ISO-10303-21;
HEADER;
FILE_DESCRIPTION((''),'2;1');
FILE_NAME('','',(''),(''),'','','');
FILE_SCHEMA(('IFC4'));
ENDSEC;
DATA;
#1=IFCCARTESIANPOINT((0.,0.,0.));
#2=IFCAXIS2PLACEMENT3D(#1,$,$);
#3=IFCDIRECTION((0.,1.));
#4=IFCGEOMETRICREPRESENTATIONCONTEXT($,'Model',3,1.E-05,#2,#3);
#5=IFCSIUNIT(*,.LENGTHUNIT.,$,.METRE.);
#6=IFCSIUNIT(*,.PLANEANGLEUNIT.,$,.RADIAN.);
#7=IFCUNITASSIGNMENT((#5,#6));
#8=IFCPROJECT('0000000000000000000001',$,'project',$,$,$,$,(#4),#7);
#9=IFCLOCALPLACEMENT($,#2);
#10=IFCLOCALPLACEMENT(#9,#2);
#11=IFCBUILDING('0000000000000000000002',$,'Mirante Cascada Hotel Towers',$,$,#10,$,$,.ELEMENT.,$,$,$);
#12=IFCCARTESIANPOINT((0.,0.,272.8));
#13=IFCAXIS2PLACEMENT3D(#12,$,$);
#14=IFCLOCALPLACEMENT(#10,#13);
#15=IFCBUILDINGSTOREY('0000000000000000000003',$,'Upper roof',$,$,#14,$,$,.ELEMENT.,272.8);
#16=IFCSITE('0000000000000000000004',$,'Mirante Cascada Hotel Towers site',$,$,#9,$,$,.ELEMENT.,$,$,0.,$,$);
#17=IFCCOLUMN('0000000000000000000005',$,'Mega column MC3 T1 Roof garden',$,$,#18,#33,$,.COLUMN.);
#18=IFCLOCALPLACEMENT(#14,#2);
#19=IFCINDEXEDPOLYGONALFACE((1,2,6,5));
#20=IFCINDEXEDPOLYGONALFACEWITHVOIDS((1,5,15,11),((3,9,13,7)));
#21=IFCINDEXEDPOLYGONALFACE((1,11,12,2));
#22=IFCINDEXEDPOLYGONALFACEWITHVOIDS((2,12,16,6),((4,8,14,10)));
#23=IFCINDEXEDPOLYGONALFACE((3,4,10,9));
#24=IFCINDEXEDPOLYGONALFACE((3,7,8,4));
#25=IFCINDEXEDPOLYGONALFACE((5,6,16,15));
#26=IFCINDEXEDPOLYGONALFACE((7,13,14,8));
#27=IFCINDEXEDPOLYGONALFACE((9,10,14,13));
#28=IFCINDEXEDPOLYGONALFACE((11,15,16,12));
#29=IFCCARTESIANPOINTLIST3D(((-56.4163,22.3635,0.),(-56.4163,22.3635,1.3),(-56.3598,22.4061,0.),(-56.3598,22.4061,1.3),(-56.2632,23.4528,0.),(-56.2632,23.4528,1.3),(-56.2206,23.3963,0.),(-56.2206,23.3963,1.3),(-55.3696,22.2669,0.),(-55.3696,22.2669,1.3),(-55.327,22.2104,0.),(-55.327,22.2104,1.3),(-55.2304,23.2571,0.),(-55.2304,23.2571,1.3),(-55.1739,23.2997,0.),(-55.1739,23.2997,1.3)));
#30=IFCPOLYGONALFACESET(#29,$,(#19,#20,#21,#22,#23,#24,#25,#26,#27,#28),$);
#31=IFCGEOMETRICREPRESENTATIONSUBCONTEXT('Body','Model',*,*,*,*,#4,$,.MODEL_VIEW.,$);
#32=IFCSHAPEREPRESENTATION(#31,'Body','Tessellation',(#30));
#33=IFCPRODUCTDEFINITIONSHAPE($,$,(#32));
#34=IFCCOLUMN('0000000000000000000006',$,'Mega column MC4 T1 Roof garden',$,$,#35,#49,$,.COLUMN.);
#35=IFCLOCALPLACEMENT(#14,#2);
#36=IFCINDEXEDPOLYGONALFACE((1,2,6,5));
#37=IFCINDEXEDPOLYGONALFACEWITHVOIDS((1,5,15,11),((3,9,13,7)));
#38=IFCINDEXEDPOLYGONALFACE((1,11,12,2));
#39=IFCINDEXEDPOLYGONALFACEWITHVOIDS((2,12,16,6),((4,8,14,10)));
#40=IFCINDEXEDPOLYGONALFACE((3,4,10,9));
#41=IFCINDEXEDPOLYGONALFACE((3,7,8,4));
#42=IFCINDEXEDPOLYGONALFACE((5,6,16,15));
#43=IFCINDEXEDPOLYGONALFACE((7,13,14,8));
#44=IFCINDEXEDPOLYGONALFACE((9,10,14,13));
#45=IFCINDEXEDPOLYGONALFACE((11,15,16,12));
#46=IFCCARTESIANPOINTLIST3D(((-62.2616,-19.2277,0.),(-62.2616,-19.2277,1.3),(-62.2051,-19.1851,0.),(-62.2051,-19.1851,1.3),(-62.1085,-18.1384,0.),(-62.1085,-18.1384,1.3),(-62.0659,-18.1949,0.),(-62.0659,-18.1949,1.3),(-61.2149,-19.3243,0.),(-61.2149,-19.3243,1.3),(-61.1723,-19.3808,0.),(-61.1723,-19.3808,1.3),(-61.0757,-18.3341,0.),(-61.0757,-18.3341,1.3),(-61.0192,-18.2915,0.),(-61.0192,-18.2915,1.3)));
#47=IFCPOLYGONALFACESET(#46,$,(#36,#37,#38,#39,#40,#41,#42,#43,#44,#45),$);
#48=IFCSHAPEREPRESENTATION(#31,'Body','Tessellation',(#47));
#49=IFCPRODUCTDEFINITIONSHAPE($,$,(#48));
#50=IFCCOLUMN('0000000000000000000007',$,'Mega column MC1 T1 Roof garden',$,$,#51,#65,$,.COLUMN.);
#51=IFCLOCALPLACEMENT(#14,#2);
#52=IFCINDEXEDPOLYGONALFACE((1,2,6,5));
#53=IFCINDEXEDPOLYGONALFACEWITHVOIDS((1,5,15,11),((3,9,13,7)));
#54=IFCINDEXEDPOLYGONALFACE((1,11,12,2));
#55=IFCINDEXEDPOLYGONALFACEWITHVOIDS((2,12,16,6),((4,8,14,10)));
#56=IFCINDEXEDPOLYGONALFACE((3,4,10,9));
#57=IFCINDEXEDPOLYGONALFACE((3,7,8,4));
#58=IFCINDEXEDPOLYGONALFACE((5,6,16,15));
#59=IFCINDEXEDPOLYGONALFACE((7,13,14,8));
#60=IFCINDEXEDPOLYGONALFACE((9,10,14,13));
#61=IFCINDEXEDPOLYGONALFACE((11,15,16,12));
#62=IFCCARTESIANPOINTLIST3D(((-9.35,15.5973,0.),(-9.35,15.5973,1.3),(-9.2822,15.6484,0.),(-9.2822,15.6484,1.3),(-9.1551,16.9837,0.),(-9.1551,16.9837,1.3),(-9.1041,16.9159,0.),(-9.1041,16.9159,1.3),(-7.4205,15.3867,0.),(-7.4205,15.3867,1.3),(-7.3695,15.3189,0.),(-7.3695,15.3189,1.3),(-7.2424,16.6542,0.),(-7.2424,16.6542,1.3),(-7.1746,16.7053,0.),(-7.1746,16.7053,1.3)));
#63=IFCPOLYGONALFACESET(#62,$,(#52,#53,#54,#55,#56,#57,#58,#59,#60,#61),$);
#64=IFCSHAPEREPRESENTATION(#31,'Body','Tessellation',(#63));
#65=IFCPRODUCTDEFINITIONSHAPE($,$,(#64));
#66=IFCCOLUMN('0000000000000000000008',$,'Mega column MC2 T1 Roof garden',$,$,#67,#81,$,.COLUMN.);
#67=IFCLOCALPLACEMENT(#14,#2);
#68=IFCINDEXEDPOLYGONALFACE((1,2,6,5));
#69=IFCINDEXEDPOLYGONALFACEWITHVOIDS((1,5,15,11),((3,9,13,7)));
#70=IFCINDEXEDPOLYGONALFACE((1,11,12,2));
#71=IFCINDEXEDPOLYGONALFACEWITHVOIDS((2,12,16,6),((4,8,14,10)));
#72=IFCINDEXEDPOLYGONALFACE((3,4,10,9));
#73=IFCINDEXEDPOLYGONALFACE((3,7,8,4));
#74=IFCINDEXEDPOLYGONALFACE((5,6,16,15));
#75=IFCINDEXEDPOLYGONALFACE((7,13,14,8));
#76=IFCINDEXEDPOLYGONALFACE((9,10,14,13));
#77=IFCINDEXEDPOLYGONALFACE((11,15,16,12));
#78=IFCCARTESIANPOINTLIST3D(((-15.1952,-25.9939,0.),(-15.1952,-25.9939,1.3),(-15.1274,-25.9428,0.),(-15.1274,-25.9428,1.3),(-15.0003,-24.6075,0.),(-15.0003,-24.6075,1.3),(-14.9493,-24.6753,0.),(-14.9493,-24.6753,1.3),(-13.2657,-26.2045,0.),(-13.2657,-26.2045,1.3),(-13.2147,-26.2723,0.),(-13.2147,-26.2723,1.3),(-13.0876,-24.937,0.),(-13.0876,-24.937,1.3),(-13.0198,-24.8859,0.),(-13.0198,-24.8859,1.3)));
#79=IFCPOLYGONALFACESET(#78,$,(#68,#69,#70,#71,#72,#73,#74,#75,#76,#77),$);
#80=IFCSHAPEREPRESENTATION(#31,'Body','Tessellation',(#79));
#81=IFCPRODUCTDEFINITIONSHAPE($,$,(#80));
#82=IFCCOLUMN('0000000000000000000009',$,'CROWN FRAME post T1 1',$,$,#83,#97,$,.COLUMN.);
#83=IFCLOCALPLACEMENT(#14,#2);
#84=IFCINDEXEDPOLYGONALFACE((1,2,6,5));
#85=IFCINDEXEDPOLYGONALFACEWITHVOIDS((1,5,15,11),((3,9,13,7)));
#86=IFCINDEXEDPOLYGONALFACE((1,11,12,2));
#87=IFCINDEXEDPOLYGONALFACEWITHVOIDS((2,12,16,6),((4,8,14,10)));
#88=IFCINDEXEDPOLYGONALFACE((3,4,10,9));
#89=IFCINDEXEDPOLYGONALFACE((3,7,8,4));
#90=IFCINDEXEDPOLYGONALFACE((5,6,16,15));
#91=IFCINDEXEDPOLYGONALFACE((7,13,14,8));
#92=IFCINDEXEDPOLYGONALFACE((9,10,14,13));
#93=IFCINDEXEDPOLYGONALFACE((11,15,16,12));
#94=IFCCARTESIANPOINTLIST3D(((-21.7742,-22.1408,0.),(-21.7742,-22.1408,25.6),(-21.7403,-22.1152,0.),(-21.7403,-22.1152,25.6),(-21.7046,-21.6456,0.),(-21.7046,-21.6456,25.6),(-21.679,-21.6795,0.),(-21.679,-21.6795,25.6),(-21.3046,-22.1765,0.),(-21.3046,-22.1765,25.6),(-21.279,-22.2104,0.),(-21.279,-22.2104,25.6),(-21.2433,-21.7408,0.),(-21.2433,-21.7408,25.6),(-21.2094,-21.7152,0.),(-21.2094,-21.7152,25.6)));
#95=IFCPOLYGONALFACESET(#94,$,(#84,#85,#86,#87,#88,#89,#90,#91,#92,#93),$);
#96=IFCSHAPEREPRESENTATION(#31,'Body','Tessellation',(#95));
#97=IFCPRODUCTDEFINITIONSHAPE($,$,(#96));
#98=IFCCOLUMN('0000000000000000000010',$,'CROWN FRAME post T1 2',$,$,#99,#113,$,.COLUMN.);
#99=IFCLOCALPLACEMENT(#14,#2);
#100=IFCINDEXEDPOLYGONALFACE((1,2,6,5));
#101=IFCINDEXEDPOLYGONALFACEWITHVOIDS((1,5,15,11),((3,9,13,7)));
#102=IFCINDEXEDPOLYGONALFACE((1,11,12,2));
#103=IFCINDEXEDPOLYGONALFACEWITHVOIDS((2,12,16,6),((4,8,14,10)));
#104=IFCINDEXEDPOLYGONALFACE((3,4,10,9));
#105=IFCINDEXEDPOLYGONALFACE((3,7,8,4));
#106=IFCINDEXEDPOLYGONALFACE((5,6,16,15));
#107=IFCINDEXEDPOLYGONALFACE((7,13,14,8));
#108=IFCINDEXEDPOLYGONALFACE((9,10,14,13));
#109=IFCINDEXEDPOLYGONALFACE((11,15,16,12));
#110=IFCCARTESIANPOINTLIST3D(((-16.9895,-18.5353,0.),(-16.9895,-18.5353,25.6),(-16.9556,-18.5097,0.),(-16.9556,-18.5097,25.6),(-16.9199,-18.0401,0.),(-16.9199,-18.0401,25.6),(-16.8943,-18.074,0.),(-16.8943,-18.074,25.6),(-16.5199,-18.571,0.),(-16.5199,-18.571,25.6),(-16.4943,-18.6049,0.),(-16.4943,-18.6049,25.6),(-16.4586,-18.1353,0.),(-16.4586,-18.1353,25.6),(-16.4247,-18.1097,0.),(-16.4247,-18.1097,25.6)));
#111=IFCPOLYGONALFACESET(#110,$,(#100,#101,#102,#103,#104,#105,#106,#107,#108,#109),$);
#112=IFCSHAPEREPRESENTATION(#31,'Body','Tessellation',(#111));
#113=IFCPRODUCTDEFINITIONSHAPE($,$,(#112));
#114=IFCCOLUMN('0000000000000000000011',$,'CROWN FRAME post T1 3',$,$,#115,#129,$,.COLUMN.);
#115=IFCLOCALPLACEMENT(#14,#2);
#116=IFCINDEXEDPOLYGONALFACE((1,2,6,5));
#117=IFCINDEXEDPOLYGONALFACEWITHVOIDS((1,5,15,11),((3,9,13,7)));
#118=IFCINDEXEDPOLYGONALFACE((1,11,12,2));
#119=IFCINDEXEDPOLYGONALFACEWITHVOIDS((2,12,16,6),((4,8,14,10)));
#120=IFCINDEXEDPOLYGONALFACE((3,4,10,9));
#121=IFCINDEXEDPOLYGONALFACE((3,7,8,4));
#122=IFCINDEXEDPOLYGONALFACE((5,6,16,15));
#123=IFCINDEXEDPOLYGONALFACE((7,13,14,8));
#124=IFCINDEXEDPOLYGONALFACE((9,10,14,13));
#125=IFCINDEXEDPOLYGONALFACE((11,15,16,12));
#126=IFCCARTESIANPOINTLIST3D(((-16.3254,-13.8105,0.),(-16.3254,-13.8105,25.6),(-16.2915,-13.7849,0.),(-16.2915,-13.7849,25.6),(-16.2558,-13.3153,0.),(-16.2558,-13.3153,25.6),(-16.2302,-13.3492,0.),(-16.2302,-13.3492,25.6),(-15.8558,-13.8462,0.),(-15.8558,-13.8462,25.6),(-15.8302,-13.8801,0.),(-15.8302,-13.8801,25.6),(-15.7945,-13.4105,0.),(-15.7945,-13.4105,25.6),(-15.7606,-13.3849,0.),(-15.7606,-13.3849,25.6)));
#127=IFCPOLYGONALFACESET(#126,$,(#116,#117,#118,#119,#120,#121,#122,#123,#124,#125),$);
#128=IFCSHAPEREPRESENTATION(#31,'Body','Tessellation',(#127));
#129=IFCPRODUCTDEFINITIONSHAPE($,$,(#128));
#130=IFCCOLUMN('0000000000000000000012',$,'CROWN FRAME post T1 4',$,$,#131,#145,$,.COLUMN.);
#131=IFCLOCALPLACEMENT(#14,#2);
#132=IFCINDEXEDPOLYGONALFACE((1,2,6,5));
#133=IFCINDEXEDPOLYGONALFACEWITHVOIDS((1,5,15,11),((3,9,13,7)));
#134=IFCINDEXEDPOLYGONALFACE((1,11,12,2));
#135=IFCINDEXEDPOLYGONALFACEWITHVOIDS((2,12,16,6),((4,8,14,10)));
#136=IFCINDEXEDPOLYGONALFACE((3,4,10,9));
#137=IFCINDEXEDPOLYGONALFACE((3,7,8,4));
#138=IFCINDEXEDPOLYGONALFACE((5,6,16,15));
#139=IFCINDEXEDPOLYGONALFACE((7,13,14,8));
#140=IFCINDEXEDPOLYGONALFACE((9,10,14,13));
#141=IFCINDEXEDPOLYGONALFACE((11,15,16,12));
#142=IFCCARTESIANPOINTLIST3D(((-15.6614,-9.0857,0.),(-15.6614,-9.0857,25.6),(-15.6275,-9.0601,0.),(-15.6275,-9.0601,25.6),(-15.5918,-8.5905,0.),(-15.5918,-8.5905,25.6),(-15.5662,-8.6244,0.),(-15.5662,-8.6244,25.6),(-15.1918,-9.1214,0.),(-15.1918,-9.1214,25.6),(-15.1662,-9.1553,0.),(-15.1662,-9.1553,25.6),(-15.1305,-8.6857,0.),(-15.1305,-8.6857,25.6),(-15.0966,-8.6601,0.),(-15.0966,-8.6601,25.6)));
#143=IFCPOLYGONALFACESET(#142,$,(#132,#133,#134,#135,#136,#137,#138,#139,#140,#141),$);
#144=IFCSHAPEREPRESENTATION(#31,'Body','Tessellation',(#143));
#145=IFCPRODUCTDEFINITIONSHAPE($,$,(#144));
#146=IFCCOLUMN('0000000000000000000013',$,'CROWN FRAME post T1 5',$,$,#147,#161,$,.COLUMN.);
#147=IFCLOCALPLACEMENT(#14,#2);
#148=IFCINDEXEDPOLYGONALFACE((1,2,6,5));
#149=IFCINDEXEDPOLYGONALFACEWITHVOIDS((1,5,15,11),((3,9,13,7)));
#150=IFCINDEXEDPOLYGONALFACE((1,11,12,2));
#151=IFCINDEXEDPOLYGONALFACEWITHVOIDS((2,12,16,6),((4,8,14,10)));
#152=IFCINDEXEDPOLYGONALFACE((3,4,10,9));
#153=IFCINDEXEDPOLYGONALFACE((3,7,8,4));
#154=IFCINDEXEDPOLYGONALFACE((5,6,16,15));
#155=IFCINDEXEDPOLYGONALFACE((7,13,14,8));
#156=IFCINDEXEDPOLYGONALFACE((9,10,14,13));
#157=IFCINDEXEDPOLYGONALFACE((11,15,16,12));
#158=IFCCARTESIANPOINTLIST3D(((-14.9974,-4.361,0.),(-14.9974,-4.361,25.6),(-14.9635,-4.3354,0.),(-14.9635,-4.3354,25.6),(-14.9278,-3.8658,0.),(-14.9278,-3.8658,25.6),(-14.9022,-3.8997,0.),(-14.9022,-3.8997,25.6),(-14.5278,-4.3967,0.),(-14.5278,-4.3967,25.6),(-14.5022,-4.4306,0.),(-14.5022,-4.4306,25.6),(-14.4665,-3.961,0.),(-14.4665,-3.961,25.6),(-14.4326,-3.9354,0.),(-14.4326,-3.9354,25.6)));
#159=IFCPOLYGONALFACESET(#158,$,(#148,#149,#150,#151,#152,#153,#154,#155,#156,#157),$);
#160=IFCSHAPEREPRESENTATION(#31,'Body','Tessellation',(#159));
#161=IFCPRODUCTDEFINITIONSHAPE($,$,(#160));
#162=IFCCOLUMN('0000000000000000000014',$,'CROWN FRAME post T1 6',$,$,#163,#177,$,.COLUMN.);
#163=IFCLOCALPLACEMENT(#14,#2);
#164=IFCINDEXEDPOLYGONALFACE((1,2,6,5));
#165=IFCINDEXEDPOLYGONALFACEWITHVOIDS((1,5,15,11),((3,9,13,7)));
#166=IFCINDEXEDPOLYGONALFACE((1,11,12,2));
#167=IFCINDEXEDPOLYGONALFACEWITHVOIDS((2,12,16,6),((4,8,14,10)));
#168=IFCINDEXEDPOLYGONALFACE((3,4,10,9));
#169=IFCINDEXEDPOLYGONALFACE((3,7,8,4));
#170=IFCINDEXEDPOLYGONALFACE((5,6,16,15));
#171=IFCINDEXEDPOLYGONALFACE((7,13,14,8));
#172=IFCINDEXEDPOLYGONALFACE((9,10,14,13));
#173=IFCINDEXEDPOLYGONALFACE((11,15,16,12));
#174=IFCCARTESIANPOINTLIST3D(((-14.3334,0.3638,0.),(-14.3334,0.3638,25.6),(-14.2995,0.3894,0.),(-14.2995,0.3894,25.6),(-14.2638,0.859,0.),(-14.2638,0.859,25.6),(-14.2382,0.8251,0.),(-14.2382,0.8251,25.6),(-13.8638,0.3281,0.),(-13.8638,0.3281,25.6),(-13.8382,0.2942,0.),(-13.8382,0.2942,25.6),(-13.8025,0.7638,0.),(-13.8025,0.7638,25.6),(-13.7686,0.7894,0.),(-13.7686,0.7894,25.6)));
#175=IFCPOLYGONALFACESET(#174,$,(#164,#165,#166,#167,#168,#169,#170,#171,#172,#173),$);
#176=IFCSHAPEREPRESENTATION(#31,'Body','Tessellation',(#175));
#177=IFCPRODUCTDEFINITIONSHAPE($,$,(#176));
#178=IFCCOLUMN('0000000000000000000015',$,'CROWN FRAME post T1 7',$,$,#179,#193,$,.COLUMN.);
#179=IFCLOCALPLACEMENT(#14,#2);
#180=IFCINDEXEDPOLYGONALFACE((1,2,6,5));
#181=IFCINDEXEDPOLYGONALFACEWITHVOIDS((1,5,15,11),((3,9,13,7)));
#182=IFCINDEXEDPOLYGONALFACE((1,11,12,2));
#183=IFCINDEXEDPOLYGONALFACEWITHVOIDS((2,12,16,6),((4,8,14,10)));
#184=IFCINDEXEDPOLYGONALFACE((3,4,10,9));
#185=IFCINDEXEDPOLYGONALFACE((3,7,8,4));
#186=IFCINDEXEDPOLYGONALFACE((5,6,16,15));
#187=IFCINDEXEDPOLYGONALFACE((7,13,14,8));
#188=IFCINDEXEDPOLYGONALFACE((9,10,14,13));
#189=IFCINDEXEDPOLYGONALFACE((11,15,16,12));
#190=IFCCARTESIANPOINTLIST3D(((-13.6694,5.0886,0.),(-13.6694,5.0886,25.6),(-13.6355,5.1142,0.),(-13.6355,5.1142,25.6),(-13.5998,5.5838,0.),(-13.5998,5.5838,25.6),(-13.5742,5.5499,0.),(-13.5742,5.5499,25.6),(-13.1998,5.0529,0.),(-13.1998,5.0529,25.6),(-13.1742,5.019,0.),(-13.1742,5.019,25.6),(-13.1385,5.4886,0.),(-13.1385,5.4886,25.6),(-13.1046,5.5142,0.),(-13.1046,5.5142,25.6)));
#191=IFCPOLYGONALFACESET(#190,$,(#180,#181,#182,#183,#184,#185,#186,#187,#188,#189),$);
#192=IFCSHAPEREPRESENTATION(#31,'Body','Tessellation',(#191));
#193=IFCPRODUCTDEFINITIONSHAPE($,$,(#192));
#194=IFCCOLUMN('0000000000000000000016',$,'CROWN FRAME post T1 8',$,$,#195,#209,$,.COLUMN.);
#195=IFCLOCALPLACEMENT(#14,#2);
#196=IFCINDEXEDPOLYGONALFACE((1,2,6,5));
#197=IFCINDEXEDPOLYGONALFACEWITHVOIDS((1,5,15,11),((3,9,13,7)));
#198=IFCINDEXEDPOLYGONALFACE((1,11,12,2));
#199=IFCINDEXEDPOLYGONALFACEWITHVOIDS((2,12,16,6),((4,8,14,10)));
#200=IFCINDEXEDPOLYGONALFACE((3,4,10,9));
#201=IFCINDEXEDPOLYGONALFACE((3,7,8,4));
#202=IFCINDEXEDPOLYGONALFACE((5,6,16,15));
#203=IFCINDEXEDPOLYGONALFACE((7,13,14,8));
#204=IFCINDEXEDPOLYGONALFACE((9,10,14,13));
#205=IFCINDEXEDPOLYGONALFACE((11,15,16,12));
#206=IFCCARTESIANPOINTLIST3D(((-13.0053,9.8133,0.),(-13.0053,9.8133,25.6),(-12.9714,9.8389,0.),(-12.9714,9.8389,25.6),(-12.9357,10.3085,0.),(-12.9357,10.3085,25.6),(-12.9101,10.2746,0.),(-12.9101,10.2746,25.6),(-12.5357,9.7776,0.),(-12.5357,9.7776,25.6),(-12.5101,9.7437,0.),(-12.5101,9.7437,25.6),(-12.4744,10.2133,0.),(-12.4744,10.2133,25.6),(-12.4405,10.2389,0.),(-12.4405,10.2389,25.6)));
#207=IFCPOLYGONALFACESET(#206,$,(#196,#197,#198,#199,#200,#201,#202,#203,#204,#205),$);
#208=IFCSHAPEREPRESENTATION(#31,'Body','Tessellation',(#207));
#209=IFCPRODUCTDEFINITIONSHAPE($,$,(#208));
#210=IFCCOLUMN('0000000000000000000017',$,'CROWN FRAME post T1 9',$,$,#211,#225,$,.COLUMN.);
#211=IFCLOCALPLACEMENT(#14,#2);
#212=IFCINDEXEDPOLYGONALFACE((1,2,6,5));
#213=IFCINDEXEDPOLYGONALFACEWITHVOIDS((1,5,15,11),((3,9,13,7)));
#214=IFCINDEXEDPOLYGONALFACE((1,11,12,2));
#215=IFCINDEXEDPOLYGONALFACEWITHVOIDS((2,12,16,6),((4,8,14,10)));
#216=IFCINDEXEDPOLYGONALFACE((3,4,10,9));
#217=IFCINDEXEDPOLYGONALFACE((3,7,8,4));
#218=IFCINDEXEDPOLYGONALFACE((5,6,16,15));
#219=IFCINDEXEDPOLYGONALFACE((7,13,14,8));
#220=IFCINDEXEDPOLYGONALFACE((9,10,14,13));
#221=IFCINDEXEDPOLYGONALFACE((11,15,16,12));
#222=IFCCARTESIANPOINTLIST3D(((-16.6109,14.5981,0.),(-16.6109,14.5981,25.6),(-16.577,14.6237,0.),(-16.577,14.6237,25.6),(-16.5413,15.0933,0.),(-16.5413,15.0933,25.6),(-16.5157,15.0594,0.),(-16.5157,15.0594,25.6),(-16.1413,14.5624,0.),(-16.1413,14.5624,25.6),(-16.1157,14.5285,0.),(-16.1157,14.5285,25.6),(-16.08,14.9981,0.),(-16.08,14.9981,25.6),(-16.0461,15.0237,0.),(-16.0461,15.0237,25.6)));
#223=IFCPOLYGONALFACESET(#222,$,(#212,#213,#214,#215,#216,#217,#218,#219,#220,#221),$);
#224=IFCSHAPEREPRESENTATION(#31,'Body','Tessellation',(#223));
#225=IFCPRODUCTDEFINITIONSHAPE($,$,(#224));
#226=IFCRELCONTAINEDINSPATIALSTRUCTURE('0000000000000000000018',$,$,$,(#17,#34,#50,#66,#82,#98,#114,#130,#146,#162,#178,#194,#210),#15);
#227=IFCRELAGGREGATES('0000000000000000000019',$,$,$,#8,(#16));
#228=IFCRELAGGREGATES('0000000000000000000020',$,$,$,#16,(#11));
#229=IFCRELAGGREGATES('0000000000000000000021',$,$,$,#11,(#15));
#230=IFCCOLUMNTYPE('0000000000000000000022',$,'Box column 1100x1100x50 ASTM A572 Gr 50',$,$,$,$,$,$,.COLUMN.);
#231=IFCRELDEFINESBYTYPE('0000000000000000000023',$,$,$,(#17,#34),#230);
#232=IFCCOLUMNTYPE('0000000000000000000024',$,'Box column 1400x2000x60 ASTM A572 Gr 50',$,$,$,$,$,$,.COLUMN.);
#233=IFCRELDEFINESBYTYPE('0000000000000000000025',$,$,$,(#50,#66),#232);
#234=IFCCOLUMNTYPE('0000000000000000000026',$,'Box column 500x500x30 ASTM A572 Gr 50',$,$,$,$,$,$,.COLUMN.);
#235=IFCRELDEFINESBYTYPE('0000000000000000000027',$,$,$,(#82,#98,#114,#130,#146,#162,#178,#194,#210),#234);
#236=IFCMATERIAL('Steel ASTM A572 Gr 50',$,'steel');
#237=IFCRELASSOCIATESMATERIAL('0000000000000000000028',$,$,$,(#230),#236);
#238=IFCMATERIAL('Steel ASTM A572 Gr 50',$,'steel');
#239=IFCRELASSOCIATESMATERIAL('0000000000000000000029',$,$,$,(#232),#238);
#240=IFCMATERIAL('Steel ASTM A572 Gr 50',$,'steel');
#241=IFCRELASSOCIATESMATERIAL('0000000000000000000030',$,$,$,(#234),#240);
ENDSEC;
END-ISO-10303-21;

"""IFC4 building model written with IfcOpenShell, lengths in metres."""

from ifc_helpers import new_model, si_unit, direction, frame, origin, origin_2d, place, context, subcontext, project, spatial, hollow_rectangle, extrude, material, material_profile, profile_set, type_object, element, save


model = new_model("IFC4")

# Units and contexts
model_context = context("Model", 3, precision=1e-05, world=origin(), true_north=direction((0.0, 1.0)))
body_context = subcontext(model_context, "Body", "Model", "MODEL_VIEW")
ifc_project = project(units=[si_unit("LENGTHUNIT", "METRE"), si_unit("PLANEANGLEUNIT", "RADIAN")], contexts=[model_context])

# Site, building, storey
site_placement = place(None, origin())
site = spatial("IfcSite", under=ifc_project, at=site_placement, Name="Mirante Cascada Hotel Towers site", CompositionType="ELEMENT", RefElevation=0.0)
building_placement = place(site_placement, origin())
building = spatial("IfcBuilding", under=site, at=building_placement, Name="Mirante Cascada Hotel Towers", CompositionType="ELEMENT")
storey_placement = place(building_placement, frame((0.0, 0.0, 272.8)))
storey = spatial("IfcBuildingStorey", under=building, at=storey_placement, Name="Upper roof", CompositionType="ELEMENT", Elevation=272.8)

# Columns
ifc_material_1 = material(Name="Steel ASTM A572 Gr 50", Category="steel")
ifc_material_profile_1 = material_profile(ifc_material_1, hollow_rectangle(XDim=1.1, YDim=1.1, WallThickness=0.05, at=origin_2d()), Name="Box column 1100x1100x50 ASTM A572 Gr 50")
ifc_profile_set_1 = profile_set([ifc_material_profile_1], Name="Steel ASTM A572 Gr 50")
column_type_1 = type_object("IfcColumnType", Name="Box column 1100x1100x50 ASTM A572 Gr 50", PredefinedType="COLUMN", material=ifc_profile_set_1)
for number, where, z_axis, x_axis, name in (
    (1, (-55.7951, 22.8316, 0.0), (0.0, 0.0, 1.0), (-0.990268, 0.139173, 0.0), "Mega column MC3 T1 Roof garden"),
    (2, (-61.6404, -18.7596, 0.0), (0.0, 0.0, 1.0), (-0.990268, 0.139173, 0.0), "Mega column MC4 T1 Roof garden"),
):
    element("IfcColumn", number, at=place(storey_placement, frame(where, z_axis=z_axis, x_axis=x_axis)), inside=storey, type_object=column_type_1, Name=name, PredefinedType="COLUMN", context=body_context, shape_type="SweptSolid", body=[
        extrude(hollow_rectangle(XDim=1.1, YDim=1.1, WallThickness=0.05, at=origin_2d()), origin(), (0.0, 0.0, 1.0), 1.3),
    ])
ifc_material_2 = material(Name="Steel ASTM A572 Gr 50", Category="steel")
ifc_material_profile_2 = material_profile(ifc_material_2, hollow_rectangle(XDim=2.0, YDim=1.4, WallThickness=0.06, at=origin_2d()), Name="Box column 1400x2000x60 ASTM A572 Gr 50")
ifc_profile_set_2 = profile_set([ifc_material_profile_2], Name="Steel ASTM A572 Gr 50")
column_type_2 = type_object("IfcColumnType", Name="Box column 1400x2000x60 ASTM A572 Gr 50", PredefinedType="COLUMN", material=ifc_profile_set_2)
for number, where, z_axis, x_axis, name in (
    (3, (-8.2623, 16.1513, 0.0), (0.0, 0.0, 1.0), (-0.990268, 0.139173, 0.0), "Mega column MC1 T1 Roof garden"),
    (4, (-14.1075, -25.4399, 0.0), (0.0, 0.0, 1.0), (-0.990268, 0.139173, 0.0), "Mega column MC2 T1 Roof garden"),
):
    element("IfcColumn", number, at=place(storey_placement, frame(where, z_axis=z_axis, x_axis=x_axis)), inside=storey, type_object=column_type_2, Name=name, PredefinedType="COLUMN", context=body_context, shape_type="SweptSolid", body=[
        extrude(hollow_rectangle(XDim=2.0, YDim=1.4, WallThickness=0.06, at=origin_2d()), origin(), (0.0, 0.0, 1.0), 1.3),
    ])
ifc_material_3 = material(Name="Steel ASTM A572 Gr 50", Category="steel")
ifc_material_profile_3 = material_profile(ifc_material_3, hollow_rectangle(XDim=0.5, YDim=0.5, WallThickness=0.03, at=origin_2d()), Name="Box column 500x500x30 ASTM A572 Gr 50")
ifc_profile_set_3 = profile_set([ifc_material_profile_3], Name="Steel ASTM A572 Gr 50")
column_type_3 = type_object("IfcColumnType", Name="Box column 500x500x30 ASTM A572 Gr 50", PredefinedType="COLUMN", material=ifc_profile_set_3)
for number, where, z_axis, x_axis, name in (
    (5, (-21.4918, -21.928, 0.0), (0.0, 0.0, 1.0), (-0.990268, 0.139173, 0.0), "CROWN FRAME post T1 1"),
    (6, (-16.7071, -18.3225, 0.0), (0.0, 0.0, 1.0), (-0.990268, 0.139173, 0.0), "CROWN FRAME post T1 2"),
    (7, (-16.043, -13.5977, 0.0), (0.0, 0.0, 1.0), (-0.990268, 0.139173, 0.0), "CROWN FRAME post T1 3"),
    (8, (-15.379, -8.8729, 0.0), (0.0, 0.0, 1.0), (-0.990268, 0.139173, 0.0), "CROWN FRAME post T1 4"),
    (9, (-14.715, -4.1482, 0.0), (0.0, 0.0, 1.0), (-0.990268, 0.139173, 0.0), "CROWN FRAME post T1 5"),
    (10, (-14.051, 0.5766, 0.0), (0.0, 0.0, 1.0), (-0.990268, 0.139173, 0.0), "CROWN FRAME post T1 6"),
    (11, (-13.387, 5.3014, 0.0), (0.0, 0.0, 1.0), (-0.990268, 0.139173, 0.0), "CROWN FRAME post T1 7"),
    (12, (-12.7229, 10.0261, 0.0), (0.0, 0.0, 1.0), (-0.990268, 0.139173, 0.0), "CROWN FRAME post T1 8"),
    (13, (-16.3285, 14.8109, 0.0), (0.0, 0.0, 1.0), (-0.990268, 0.139173, 0.0), "CROWN FRAME post T1 9"),
):
    element("IfcColumn", number, at=place(storey_placement, frame(where, z_axis=z_axis, x_axis=x_axis)), inside=storey, type_object=column_type_3, Name=name, PredefinedType="COLUMN", context=body_context, shape_type="SweptSolid", body=[
        extrude(hollow_rectangle(XDim=0.5, YDim=0.5, WallThickness=0.03, at=origin_2d()), origin(), (0.0, 0.0, 1.0), 25.6),
    ])

save(model, "model.ifc")
